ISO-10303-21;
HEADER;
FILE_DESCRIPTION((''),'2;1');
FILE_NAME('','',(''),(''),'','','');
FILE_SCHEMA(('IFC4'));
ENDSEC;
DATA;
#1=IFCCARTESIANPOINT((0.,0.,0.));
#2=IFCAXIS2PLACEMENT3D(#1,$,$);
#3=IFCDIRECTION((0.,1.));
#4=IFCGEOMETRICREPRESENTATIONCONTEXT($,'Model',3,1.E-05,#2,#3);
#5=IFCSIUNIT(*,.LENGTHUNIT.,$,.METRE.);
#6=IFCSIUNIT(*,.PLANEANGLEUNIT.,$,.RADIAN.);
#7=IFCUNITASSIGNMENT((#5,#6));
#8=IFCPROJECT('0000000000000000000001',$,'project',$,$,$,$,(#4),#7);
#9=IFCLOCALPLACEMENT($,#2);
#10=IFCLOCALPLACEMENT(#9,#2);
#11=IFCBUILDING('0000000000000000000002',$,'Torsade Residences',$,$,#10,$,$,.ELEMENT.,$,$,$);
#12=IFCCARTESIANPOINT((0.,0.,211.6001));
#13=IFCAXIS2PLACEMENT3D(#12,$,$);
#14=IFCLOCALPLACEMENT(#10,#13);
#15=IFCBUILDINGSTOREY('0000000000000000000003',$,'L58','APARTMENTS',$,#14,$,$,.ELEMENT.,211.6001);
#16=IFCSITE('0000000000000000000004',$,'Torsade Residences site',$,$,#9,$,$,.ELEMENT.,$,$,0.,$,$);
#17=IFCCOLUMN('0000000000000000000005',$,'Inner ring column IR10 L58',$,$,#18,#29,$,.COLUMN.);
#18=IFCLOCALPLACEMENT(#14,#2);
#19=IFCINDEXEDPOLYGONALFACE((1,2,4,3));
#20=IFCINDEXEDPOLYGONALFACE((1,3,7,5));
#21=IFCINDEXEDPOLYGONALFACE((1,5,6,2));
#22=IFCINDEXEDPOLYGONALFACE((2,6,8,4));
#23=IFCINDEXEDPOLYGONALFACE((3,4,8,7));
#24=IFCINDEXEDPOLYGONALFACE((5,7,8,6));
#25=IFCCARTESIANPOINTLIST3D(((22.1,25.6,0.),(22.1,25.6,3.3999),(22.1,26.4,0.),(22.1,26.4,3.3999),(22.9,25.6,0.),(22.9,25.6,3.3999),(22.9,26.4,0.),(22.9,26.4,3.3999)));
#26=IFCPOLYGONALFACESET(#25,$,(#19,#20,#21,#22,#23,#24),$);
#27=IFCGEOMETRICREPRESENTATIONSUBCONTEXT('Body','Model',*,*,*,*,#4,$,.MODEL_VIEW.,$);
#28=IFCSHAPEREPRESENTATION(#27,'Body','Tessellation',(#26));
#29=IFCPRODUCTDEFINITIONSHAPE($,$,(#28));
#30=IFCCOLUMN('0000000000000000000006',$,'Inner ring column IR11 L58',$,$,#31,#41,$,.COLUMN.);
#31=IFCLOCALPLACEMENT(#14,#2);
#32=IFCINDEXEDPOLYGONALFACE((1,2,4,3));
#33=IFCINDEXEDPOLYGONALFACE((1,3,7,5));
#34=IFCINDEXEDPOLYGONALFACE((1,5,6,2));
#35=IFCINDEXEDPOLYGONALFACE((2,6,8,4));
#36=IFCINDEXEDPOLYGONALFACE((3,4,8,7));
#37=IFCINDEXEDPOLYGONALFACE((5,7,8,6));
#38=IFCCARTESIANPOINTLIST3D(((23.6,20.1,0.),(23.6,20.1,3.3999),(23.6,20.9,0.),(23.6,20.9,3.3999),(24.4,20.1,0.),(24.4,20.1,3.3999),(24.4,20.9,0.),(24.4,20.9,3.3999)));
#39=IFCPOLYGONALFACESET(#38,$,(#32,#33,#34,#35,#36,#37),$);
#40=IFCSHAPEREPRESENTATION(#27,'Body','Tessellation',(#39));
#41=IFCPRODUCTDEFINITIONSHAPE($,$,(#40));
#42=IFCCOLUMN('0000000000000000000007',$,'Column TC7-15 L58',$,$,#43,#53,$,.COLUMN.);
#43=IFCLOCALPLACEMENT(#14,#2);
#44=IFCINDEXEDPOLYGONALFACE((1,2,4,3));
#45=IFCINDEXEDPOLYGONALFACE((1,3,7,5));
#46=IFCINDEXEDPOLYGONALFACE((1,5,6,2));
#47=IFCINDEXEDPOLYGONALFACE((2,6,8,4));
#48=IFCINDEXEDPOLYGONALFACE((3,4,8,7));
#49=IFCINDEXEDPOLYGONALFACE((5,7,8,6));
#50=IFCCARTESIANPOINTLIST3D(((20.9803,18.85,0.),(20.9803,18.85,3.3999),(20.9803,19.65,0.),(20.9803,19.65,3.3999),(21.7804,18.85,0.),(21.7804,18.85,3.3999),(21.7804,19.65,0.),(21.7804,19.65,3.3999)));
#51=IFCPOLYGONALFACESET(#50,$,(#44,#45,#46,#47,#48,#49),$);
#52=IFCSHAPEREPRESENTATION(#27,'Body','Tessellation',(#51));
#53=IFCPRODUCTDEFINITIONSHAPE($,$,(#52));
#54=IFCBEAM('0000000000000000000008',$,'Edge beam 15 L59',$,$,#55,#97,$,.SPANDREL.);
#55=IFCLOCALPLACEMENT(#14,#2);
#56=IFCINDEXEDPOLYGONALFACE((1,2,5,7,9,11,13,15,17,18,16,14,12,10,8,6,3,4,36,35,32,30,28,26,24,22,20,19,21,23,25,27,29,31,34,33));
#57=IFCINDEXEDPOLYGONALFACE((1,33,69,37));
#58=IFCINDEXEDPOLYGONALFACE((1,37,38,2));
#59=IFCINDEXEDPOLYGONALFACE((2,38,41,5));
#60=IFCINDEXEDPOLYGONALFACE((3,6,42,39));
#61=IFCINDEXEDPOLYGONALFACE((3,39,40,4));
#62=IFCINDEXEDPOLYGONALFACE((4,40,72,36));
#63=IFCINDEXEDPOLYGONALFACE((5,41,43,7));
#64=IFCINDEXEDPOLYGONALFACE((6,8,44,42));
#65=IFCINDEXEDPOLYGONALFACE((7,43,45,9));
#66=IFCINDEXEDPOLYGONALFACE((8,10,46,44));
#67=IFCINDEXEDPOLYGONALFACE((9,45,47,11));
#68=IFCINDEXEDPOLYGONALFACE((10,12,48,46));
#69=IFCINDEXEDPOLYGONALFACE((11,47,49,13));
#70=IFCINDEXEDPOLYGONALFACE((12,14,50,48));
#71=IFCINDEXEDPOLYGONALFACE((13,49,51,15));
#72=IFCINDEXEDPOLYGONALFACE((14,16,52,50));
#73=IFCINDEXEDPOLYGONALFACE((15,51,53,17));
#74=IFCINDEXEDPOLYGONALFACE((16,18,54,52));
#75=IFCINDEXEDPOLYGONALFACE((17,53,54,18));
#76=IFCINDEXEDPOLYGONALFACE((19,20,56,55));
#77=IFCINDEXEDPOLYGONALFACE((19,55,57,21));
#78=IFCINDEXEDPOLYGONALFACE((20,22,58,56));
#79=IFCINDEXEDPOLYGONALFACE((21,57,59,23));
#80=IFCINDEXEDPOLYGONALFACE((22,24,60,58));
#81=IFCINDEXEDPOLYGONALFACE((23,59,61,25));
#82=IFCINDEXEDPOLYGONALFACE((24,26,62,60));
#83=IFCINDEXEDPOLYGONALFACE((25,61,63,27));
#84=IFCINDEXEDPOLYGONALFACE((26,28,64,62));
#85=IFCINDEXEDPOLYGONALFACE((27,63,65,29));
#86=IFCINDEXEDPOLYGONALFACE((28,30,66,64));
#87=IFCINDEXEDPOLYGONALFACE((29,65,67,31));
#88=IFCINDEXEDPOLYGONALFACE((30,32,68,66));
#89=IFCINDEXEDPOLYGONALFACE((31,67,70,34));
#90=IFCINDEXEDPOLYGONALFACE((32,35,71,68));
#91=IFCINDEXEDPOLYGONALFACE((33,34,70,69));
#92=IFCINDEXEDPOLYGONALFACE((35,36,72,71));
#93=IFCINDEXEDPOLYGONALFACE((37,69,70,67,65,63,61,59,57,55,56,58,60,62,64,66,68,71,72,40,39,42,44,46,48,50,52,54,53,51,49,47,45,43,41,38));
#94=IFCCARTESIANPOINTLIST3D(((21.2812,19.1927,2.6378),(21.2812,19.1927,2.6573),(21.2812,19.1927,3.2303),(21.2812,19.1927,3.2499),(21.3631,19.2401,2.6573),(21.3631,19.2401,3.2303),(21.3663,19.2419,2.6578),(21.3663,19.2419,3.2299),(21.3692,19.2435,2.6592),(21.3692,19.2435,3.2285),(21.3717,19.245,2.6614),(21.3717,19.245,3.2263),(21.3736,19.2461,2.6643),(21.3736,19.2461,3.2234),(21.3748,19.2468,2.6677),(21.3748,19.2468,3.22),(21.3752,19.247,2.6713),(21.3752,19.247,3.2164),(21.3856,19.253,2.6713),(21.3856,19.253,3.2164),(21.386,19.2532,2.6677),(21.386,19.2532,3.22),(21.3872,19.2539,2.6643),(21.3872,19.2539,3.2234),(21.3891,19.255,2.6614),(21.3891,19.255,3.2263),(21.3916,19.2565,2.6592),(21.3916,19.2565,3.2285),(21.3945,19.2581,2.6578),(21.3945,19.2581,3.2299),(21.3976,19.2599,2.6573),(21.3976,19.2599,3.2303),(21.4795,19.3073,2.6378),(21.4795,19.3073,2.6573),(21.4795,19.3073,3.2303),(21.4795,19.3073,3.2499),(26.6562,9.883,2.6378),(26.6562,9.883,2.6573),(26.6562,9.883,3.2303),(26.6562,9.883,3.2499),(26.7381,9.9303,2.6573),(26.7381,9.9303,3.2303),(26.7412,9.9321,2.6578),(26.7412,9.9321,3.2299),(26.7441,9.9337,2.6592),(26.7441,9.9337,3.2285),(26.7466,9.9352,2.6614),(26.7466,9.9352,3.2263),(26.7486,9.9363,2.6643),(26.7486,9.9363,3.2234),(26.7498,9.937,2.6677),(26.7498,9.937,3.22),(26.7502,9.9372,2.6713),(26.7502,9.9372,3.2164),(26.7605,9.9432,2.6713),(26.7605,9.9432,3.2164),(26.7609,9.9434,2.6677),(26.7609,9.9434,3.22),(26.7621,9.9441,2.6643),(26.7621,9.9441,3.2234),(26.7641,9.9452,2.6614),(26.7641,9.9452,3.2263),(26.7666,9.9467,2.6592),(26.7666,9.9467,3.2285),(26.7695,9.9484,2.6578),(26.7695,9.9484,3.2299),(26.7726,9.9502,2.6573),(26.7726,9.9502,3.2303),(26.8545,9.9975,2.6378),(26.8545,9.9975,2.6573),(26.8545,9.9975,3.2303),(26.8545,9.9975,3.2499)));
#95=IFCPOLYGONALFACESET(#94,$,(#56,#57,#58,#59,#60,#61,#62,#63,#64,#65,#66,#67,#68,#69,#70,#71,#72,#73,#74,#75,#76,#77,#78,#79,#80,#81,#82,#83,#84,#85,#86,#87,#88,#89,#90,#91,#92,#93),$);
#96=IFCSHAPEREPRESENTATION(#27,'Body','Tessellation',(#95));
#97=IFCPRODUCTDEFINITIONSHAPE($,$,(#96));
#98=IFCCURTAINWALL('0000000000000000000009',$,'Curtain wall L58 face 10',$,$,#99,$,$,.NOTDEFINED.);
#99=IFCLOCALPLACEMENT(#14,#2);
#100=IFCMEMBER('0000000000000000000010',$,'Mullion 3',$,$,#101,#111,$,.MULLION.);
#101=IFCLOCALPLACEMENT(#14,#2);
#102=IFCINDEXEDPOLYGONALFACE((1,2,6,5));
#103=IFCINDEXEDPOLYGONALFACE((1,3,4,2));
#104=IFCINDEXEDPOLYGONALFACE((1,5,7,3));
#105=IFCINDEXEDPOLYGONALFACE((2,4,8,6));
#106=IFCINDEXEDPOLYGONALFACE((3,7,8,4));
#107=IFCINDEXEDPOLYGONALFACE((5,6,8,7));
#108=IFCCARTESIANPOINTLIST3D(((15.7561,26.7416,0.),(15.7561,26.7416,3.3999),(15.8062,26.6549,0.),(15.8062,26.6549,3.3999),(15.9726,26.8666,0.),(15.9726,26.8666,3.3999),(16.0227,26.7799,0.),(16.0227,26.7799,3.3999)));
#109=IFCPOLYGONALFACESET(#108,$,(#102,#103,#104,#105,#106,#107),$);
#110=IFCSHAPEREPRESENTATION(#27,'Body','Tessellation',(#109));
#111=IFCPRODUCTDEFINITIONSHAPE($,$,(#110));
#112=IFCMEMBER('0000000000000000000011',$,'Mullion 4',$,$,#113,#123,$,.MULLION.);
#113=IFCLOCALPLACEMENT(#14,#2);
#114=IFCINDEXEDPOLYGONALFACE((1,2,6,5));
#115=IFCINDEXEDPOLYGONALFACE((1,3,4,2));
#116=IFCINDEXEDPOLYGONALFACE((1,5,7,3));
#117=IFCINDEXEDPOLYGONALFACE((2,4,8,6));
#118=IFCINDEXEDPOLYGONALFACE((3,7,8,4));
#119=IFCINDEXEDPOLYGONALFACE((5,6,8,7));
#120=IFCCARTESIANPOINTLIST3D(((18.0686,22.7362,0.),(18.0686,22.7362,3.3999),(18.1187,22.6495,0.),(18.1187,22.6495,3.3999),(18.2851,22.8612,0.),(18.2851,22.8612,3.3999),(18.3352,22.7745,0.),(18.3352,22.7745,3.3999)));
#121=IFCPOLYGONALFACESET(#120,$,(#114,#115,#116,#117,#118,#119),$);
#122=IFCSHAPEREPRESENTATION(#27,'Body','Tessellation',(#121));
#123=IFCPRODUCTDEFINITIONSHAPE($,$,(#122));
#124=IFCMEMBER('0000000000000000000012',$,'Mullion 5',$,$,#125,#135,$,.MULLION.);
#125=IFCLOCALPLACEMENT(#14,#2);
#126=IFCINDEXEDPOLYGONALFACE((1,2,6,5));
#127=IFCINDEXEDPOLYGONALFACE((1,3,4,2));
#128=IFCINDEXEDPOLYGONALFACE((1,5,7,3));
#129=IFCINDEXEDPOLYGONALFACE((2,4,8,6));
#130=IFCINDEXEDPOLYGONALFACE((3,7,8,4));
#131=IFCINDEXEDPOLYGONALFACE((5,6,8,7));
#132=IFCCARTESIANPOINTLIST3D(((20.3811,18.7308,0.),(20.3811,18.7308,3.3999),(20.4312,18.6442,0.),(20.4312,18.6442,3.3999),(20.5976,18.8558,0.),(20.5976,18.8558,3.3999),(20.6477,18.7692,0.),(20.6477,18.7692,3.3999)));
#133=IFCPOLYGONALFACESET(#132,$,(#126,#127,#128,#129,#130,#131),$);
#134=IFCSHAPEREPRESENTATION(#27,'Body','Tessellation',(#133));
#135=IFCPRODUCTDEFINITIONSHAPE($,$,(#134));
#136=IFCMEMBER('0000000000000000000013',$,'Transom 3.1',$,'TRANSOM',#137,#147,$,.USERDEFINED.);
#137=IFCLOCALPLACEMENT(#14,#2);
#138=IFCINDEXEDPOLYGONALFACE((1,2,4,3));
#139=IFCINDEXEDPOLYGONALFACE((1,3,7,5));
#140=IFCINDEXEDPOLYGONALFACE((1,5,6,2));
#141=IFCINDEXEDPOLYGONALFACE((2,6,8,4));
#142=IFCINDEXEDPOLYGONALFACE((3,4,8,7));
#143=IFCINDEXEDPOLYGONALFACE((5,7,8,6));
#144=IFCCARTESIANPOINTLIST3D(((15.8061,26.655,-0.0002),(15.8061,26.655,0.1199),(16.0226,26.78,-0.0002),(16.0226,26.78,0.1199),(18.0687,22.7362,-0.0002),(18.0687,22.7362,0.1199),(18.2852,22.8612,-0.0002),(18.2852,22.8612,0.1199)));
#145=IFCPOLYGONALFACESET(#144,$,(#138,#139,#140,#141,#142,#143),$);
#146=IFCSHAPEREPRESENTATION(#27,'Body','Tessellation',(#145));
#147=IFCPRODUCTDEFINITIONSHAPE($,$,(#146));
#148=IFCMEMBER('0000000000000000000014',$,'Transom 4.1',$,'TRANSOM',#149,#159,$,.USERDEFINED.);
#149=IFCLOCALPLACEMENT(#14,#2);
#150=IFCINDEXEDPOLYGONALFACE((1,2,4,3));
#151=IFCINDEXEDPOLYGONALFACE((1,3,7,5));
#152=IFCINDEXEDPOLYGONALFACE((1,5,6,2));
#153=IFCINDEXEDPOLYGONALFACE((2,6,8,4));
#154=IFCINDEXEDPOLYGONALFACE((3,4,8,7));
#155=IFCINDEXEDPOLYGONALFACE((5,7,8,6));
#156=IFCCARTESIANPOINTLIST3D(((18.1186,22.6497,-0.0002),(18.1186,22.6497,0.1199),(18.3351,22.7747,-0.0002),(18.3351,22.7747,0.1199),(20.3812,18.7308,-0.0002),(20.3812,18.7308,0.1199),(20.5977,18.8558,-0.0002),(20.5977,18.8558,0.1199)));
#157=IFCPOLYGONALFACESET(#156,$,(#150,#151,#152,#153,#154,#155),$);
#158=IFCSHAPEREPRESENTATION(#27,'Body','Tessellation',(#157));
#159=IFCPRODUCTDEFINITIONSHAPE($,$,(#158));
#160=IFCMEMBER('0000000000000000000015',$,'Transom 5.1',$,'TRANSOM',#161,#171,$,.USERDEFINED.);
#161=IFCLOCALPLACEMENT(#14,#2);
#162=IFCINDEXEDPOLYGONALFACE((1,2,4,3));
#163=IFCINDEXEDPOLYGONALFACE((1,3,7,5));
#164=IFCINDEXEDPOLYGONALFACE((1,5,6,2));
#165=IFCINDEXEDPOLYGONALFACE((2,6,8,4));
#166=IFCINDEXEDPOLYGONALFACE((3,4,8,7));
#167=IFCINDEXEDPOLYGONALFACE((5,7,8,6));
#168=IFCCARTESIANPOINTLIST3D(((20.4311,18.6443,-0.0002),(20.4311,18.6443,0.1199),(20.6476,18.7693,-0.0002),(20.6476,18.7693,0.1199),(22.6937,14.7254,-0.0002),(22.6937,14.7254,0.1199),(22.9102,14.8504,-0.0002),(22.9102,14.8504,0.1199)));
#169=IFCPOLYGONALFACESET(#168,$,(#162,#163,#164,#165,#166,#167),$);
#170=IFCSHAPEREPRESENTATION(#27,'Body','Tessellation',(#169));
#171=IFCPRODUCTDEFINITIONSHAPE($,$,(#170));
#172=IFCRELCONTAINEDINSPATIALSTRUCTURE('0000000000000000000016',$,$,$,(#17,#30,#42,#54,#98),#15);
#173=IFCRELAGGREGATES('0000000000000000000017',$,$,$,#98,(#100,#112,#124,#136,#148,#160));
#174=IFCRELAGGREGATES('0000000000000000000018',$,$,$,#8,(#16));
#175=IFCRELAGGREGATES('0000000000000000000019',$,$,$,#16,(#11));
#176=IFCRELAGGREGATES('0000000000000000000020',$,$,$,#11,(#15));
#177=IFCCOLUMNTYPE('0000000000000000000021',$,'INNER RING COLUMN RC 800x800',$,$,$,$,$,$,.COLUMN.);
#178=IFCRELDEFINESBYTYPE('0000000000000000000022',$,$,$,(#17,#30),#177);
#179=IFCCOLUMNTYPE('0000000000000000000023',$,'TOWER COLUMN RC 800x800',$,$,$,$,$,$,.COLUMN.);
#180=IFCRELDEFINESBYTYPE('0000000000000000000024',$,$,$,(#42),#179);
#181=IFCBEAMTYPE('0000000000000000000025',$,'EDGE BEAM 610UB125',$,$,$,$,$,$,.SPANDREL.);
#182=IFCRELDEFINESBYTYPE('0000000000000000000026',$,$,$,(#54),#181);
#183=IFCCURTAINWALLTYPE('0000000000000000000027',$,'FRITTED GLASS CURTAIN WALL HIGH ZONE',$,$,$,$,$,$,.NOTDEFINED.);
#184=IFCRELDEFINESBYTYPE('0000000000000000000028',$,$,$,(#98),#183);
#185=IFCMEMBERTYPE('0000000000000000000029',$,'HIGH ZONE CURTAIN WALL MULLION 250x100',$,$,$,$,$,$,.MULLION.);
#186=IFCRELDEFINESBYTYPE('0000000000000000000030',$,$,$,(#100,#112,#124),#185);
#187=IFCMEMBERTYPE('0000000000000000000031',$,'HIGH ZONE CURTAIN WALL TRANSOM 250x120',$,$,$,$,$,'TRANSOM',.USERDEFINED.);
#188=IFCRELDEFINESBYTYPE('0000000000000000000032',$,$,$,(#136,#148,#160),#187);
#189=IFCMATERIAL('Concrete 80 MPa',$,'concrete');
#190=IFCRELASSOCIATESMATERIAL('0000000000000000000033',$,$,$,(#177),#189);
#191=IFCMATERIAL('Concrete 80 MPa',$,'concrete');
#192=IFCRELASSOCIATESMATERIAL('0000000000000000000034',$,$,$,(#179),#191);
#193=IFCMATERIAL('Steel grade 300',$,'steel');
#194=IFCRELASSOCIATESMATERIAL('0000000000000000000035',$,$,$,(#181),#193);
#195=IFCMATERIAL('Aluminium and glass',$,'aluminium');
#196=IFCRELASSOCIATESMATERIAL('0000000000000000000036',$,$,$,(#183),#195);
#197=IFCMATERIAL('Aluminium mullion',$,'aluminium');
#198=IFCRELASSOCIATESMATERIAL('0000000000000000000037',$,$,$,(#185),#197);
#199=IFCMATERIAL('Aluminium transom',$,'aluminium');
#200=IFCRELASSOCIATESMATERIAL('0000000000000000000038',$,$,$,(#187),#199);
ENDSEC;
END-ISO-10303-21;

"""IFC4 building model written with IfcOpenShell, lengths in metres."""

from ifc_helpers import new_model, si_unit, direction, frame, origin, origin_2d, place, context, subcontext, project, spatial, rectangle, i_section, extrude, material, material_profile, profile_set, type_object, element, aggregate, save


model = new_model("IFC4")

# Units and contexts
model_context = context("Model", 3, precision=1e-05, world=origin(), true_north=direction((0.0, 1.0)))
body_context = subcontext(model_context, "Body", "Model", "MODEL_VIEW")
ifc_project = project(units=[si_unit("LENGTHUNIT", "METRE"), si_unit("PLANEANGLEUNIT", "RADIAN")], contexts=[model_context])

# Site, building, storey
site_placement = place(None, origin())
site = spatial("IfcSite", under=ifc_project, at=site_placement, Name="Torsade Residences site", CompositionType="ELEMENT", RefElevation=0.0)
building_placement = place(site_placement, origin())
building = spatial("IfcBuilding", under=site, at=building_placement, Name="Torsade Residences", CompositionType="ELEMENT")
storey_placement = place(building_placement, frame((0.0, 0.0, 211.6001)))
storey = spatial("IfcBuildingStorey", under=building, at=storey_placement, Name="L58", Description="APARTMENTS", CompositionType="ELEMENT", Elevation=211.6001)

# Columns
ifc_material_1 = material(Name="Concrete 80 MPa", Category="concrete")
ifc_material_profile_1 = material_profile(ifc_material_1, rectangle(XDim=0.8, YDim=0.8, at=origin_2d()), Name="RC 800x800")
ifc_profile_set_1 = profile_set([ifc_material_profile_1], Name="Concrete 80 MPa")
column_type_1 = type_object("IfcColumnType", Name="INNER RING COLUMN RC 800x800", PredefinedType="COLUMN", material=ifc_profile_set_1)
for number, where, z_axis, x_axis, name in (
    (1, (22.5, 26.0, 0.0), (0.0, 0.0, 1.0), (1.0, 0.0, 0.0), "Inner ring column IR10 L58"),
    (2, (24.0, 20.5, 0.0), (0.0, 0.0, 1.0), (1.0, 0.0, 0.0), "Inner ring column IR11 L58"),
):
    element("IfcColumn", number, at=place(storey_placement, frame(where, z_axis=z_axis, x_axis=x_axis)), inside=storey, type_object=column_type_1, Name=name, PredefinedType="COLUMN", context=body_context, shape_type="SweptSolid", body=[
        extrude(rectangle(XDim=0.8, YDim=0.8, at=origin_2d()), origin(), (0.0, 0.0, 1.0), 3.3999),
    ])
ifc_material_2 = material(Name="Concrete 80 MPa", Category="concrete")
ifc_material_profile_2 = material_profile(ifc_material_2, rectangle(XDim=0.8, YDim=0.8, at=origin_2d()), Name="RC 800x800")
ifc_profile_set_2 = profile_set([ifc_material_profile_2], Name="Concrete 80 MPa")
column_type_2 = type_object("IfcColumnType", Name="TOWER COLUMN RC 800x800", PredefinedType="COLUMN", material=ifc_profile_set_2)
column_placement = place(storey_placement, frame((21.3804, 19.25, 0.0), z_axis=(0.0, 0.0, 1.0), x_axis=(1.0, 0.0, 0.0)))
element("IfcColumn", 3, at=column_placement, inside=storey, type_object=column_type_2, Name="Column TC7-15 L58", PredefinedType="COLUMN", context=body_context, shape_type="SweptSolid", body=[
    extrude(rectangle(XDim=0.8, YDim=0.8, at=origin_2d()), origin(), (0.0, 0.0, 1.0), 3.3999),
])

# Beam
ifc_material_3 = material(Name="Steel grade 300", Category="steel")
ifc_material_profile_3 = material_profile(ifc_material_3, i_section(OverallWidth=0.229, OverallDepth=0.6121, WebThickness=0.012, FlangeThickness=0.0195, FilletRadius=0.0139, at=origin_2d()), Name="610UB125")
ifc_profile_set_3 = profile_set([ifc_material_profile_3], Name="Steel grade 300")
beam_type_1 = type_object("IfcBeamType", Name="EDGE BEAM 610UB125", PredefinedType="SPANDREL", material=ifc_profile_set_3)
beam_1_placement = place(storey_placement, frame((21.3804, 19.25, 2.9438), z_axis=(0.499998, -0.866026, 0.0), x_axis=(0.866026, 0.499998, 0.0)))
element("IfcBeam", 4, at=beam_1_placement, inside=storey, type_object=beam_type_1, Name="Edge beam 15 L59", PredefinedType="SPANDREL", context=body_context, shape_type="SweptSolid", body=[
    extrude(i_section(OverallWidth=0.229, OverallDepth=0.6121, WebThickness=0.012, FlangeThickness=0.0195, FilletRadius=0.0139, at=origin_2d()), origin(), (0.0, 0.0, 1.0), 10.75),
])

# Curtain wall, members
ifc_material_4 = material(Name="Aluminium and glass", Category="aluminium")
curtain_wall_type = type_object("IfcCurtainWallType", Name="FRITTED GLASS CURTAIN WALL HIGH ZONE", PredefinedType="NOTDEFINED", material=ifc_material_4)
curtain_wall_placement = place(storey_placement, origin())
curtain_wall = element("IfcCurtainWall", 5, at=curtain_wall_placement, inside=storey, type_object=curtain_wall_type, Name="Curtain wall L58 face 10", PredefinedType="NOTDEFINED")
ifc_material_5 = material(Name="Aluminium mullion", Category="aluminium")
ifc_material_profile_4 = material_profile(ifc_material_5, rectangle(XDim=0.25, YDim=0.1001, at=origin_2d()), Name="HIGH ZONE CURTAIN WALL MULLION 250x100")
ifc_profile_set_4 = profile_set([ifc_material_profile_4], Name="Aluminium mullion")
member_type_1 = type_object("IfcMemberType", Name="HIGH ZONE CURTAIN WALL MULLION 250x100", PredefinedType="MULLION", material=ifc_profile_set_4)
member_1_placement = place(storey_placement, frame((15.8894, 26.7607, 0.0), z_axis=(0.0, 0.0, 1.0), x_axis=(0.866025, 0.5, 0.0)))
member_1 = element("IfcMember", 6, at=member_1_placement, type_object=member_type_1, Name="Mullion 3", PredefinedType="MULLION", context=body_context, shape_type="SweptSolid", body=[
    extrude(rectangle(XDim=0.25, YDim=0.1001, at=origin_2d()), origin(), (0.0, 0.0, 1.0), 3.3999),
])
member_2_placement = place(storey_placement, frame((18.2019, 22.7554, 0.0), z_axis=(0.0, 0.0, 1.0), x_axis=(0.866025, 0.5, 0.0)))
member_2 = element("IfcMember", 7, at=member_2_placement, type_object=member_type_1, Name="Mullion 4", PredefinedType="MULLION", context=body_context, shape_type="SweptSolid", body=[
    extrude(rectangle(XDim=0.25, YDim=0.1001, at=origin_2d()), origin(), (0.0, 0.0, 1.0), 3.3999),
])
member_3_placement = place(storey_placement, frame((20.5144, 18.75, 0.0), z_axis=(0.0, 0.0, 1.0), x_axis=(0.866025, 0.5, 0.0)))
member_3 = element("IfcMember", 8, at=member_3_placement, type_object=member_type_1, Name="Mullion 5", PredefinedType="MULLION", context=body_context, shape_type="SweptSolid", body=[
    extrude(rectangle(XDim=0.25, YDim=0.1001, at=origin_2d()), origin(), (0.0, 0.0, 1.0), 3.3999),
])
ifc_material_6 = material(Name="Aluminium transom", Category="aluminium")
ifc_material_profile_5 = material_profile(ifc_material_6, rectangle(XDim=0.25, YDim=0.1201, at=origin_2d()), Name="HIGH ZONE CURTAIN WALL TRANSOM 250x120")
ifc_profile_set_5 = profile_set([ifc_material_profile_5], Name="Aluminium transom")
member_type_2 = type_object("IfcMemberType", Name="HIGH ZONE CURTAIN WALL TRANSOM 250x120", ElementType="TRANSOM", PredefinedType="USERDEFINED", material=ifc_profile_set_5)
member_4_placement = place(storey_placement, frame((15.9143, 26.7175, 0.0598), z_axis=(0.500015, -0.866017, 0.0), x_axis=(0.866017, 0.500015, 0.0)))
member_4 = element("IfcMember", 9, at=member_4_placement, type_object=member_type_2, Name="Transom 3.1", ObjectType="TRANSOM", PredefinedType="USERDEFINED", context=body_context, shape_type="SweptSolid", body=[
    extrude(rectangle(XDim=0.25, YDim=0.1201, at=origin_2d()), origin(), (0.0, 0.0, 1.0), 4.5251),
])
member_5_placement = place(storey_placement, frame((18.2268, 22.7122, 0.0598), z_axis=(0.500015, -0.866017, 0.0), x_axis=(0.866017, 0.500015, 0.0)))
member_5 = element("IfcMember", 10, at=member_5_placement, type_object=member_type_2, Name="Transom 4.1", ObjectType="TRANSOM", PredefinedType="USERDEFINED", context=body_context, shape_type="SweptSolid", body=[
    extrude(rectangle(XDim=0.25, YDim=0.1201, at=origin_2d()), origin(), (0.0, 0.0, 1.0), 4.5251),
])
member_6_placement = place(storey_placement, frame((20.5393, 18.7068, 0.0598), z_axis=(0.500015, -0.866017, 0.0), x_axis=(0.866017, 0.500015, 0.0)))
member_6 = element("IfcMember", 11, at=member_6_placement, type_object=member_type_2, Name="Transom 5.1", ObjectType="TRANSOM", PredefinedType="USERDEFINED", context=body_context, shape_type="SweptSolid", body=[
    extrude(rectangle(XDim=0.25, YDim=0.1201, at=origin_2d()), origin(), (0.0, 0.0, 1.0), 4.5251),
])

aggregate(curtain_wall, [member_1, member_2, member_3, member_4, member_5, member_6])

save(model, "model.ifc")
